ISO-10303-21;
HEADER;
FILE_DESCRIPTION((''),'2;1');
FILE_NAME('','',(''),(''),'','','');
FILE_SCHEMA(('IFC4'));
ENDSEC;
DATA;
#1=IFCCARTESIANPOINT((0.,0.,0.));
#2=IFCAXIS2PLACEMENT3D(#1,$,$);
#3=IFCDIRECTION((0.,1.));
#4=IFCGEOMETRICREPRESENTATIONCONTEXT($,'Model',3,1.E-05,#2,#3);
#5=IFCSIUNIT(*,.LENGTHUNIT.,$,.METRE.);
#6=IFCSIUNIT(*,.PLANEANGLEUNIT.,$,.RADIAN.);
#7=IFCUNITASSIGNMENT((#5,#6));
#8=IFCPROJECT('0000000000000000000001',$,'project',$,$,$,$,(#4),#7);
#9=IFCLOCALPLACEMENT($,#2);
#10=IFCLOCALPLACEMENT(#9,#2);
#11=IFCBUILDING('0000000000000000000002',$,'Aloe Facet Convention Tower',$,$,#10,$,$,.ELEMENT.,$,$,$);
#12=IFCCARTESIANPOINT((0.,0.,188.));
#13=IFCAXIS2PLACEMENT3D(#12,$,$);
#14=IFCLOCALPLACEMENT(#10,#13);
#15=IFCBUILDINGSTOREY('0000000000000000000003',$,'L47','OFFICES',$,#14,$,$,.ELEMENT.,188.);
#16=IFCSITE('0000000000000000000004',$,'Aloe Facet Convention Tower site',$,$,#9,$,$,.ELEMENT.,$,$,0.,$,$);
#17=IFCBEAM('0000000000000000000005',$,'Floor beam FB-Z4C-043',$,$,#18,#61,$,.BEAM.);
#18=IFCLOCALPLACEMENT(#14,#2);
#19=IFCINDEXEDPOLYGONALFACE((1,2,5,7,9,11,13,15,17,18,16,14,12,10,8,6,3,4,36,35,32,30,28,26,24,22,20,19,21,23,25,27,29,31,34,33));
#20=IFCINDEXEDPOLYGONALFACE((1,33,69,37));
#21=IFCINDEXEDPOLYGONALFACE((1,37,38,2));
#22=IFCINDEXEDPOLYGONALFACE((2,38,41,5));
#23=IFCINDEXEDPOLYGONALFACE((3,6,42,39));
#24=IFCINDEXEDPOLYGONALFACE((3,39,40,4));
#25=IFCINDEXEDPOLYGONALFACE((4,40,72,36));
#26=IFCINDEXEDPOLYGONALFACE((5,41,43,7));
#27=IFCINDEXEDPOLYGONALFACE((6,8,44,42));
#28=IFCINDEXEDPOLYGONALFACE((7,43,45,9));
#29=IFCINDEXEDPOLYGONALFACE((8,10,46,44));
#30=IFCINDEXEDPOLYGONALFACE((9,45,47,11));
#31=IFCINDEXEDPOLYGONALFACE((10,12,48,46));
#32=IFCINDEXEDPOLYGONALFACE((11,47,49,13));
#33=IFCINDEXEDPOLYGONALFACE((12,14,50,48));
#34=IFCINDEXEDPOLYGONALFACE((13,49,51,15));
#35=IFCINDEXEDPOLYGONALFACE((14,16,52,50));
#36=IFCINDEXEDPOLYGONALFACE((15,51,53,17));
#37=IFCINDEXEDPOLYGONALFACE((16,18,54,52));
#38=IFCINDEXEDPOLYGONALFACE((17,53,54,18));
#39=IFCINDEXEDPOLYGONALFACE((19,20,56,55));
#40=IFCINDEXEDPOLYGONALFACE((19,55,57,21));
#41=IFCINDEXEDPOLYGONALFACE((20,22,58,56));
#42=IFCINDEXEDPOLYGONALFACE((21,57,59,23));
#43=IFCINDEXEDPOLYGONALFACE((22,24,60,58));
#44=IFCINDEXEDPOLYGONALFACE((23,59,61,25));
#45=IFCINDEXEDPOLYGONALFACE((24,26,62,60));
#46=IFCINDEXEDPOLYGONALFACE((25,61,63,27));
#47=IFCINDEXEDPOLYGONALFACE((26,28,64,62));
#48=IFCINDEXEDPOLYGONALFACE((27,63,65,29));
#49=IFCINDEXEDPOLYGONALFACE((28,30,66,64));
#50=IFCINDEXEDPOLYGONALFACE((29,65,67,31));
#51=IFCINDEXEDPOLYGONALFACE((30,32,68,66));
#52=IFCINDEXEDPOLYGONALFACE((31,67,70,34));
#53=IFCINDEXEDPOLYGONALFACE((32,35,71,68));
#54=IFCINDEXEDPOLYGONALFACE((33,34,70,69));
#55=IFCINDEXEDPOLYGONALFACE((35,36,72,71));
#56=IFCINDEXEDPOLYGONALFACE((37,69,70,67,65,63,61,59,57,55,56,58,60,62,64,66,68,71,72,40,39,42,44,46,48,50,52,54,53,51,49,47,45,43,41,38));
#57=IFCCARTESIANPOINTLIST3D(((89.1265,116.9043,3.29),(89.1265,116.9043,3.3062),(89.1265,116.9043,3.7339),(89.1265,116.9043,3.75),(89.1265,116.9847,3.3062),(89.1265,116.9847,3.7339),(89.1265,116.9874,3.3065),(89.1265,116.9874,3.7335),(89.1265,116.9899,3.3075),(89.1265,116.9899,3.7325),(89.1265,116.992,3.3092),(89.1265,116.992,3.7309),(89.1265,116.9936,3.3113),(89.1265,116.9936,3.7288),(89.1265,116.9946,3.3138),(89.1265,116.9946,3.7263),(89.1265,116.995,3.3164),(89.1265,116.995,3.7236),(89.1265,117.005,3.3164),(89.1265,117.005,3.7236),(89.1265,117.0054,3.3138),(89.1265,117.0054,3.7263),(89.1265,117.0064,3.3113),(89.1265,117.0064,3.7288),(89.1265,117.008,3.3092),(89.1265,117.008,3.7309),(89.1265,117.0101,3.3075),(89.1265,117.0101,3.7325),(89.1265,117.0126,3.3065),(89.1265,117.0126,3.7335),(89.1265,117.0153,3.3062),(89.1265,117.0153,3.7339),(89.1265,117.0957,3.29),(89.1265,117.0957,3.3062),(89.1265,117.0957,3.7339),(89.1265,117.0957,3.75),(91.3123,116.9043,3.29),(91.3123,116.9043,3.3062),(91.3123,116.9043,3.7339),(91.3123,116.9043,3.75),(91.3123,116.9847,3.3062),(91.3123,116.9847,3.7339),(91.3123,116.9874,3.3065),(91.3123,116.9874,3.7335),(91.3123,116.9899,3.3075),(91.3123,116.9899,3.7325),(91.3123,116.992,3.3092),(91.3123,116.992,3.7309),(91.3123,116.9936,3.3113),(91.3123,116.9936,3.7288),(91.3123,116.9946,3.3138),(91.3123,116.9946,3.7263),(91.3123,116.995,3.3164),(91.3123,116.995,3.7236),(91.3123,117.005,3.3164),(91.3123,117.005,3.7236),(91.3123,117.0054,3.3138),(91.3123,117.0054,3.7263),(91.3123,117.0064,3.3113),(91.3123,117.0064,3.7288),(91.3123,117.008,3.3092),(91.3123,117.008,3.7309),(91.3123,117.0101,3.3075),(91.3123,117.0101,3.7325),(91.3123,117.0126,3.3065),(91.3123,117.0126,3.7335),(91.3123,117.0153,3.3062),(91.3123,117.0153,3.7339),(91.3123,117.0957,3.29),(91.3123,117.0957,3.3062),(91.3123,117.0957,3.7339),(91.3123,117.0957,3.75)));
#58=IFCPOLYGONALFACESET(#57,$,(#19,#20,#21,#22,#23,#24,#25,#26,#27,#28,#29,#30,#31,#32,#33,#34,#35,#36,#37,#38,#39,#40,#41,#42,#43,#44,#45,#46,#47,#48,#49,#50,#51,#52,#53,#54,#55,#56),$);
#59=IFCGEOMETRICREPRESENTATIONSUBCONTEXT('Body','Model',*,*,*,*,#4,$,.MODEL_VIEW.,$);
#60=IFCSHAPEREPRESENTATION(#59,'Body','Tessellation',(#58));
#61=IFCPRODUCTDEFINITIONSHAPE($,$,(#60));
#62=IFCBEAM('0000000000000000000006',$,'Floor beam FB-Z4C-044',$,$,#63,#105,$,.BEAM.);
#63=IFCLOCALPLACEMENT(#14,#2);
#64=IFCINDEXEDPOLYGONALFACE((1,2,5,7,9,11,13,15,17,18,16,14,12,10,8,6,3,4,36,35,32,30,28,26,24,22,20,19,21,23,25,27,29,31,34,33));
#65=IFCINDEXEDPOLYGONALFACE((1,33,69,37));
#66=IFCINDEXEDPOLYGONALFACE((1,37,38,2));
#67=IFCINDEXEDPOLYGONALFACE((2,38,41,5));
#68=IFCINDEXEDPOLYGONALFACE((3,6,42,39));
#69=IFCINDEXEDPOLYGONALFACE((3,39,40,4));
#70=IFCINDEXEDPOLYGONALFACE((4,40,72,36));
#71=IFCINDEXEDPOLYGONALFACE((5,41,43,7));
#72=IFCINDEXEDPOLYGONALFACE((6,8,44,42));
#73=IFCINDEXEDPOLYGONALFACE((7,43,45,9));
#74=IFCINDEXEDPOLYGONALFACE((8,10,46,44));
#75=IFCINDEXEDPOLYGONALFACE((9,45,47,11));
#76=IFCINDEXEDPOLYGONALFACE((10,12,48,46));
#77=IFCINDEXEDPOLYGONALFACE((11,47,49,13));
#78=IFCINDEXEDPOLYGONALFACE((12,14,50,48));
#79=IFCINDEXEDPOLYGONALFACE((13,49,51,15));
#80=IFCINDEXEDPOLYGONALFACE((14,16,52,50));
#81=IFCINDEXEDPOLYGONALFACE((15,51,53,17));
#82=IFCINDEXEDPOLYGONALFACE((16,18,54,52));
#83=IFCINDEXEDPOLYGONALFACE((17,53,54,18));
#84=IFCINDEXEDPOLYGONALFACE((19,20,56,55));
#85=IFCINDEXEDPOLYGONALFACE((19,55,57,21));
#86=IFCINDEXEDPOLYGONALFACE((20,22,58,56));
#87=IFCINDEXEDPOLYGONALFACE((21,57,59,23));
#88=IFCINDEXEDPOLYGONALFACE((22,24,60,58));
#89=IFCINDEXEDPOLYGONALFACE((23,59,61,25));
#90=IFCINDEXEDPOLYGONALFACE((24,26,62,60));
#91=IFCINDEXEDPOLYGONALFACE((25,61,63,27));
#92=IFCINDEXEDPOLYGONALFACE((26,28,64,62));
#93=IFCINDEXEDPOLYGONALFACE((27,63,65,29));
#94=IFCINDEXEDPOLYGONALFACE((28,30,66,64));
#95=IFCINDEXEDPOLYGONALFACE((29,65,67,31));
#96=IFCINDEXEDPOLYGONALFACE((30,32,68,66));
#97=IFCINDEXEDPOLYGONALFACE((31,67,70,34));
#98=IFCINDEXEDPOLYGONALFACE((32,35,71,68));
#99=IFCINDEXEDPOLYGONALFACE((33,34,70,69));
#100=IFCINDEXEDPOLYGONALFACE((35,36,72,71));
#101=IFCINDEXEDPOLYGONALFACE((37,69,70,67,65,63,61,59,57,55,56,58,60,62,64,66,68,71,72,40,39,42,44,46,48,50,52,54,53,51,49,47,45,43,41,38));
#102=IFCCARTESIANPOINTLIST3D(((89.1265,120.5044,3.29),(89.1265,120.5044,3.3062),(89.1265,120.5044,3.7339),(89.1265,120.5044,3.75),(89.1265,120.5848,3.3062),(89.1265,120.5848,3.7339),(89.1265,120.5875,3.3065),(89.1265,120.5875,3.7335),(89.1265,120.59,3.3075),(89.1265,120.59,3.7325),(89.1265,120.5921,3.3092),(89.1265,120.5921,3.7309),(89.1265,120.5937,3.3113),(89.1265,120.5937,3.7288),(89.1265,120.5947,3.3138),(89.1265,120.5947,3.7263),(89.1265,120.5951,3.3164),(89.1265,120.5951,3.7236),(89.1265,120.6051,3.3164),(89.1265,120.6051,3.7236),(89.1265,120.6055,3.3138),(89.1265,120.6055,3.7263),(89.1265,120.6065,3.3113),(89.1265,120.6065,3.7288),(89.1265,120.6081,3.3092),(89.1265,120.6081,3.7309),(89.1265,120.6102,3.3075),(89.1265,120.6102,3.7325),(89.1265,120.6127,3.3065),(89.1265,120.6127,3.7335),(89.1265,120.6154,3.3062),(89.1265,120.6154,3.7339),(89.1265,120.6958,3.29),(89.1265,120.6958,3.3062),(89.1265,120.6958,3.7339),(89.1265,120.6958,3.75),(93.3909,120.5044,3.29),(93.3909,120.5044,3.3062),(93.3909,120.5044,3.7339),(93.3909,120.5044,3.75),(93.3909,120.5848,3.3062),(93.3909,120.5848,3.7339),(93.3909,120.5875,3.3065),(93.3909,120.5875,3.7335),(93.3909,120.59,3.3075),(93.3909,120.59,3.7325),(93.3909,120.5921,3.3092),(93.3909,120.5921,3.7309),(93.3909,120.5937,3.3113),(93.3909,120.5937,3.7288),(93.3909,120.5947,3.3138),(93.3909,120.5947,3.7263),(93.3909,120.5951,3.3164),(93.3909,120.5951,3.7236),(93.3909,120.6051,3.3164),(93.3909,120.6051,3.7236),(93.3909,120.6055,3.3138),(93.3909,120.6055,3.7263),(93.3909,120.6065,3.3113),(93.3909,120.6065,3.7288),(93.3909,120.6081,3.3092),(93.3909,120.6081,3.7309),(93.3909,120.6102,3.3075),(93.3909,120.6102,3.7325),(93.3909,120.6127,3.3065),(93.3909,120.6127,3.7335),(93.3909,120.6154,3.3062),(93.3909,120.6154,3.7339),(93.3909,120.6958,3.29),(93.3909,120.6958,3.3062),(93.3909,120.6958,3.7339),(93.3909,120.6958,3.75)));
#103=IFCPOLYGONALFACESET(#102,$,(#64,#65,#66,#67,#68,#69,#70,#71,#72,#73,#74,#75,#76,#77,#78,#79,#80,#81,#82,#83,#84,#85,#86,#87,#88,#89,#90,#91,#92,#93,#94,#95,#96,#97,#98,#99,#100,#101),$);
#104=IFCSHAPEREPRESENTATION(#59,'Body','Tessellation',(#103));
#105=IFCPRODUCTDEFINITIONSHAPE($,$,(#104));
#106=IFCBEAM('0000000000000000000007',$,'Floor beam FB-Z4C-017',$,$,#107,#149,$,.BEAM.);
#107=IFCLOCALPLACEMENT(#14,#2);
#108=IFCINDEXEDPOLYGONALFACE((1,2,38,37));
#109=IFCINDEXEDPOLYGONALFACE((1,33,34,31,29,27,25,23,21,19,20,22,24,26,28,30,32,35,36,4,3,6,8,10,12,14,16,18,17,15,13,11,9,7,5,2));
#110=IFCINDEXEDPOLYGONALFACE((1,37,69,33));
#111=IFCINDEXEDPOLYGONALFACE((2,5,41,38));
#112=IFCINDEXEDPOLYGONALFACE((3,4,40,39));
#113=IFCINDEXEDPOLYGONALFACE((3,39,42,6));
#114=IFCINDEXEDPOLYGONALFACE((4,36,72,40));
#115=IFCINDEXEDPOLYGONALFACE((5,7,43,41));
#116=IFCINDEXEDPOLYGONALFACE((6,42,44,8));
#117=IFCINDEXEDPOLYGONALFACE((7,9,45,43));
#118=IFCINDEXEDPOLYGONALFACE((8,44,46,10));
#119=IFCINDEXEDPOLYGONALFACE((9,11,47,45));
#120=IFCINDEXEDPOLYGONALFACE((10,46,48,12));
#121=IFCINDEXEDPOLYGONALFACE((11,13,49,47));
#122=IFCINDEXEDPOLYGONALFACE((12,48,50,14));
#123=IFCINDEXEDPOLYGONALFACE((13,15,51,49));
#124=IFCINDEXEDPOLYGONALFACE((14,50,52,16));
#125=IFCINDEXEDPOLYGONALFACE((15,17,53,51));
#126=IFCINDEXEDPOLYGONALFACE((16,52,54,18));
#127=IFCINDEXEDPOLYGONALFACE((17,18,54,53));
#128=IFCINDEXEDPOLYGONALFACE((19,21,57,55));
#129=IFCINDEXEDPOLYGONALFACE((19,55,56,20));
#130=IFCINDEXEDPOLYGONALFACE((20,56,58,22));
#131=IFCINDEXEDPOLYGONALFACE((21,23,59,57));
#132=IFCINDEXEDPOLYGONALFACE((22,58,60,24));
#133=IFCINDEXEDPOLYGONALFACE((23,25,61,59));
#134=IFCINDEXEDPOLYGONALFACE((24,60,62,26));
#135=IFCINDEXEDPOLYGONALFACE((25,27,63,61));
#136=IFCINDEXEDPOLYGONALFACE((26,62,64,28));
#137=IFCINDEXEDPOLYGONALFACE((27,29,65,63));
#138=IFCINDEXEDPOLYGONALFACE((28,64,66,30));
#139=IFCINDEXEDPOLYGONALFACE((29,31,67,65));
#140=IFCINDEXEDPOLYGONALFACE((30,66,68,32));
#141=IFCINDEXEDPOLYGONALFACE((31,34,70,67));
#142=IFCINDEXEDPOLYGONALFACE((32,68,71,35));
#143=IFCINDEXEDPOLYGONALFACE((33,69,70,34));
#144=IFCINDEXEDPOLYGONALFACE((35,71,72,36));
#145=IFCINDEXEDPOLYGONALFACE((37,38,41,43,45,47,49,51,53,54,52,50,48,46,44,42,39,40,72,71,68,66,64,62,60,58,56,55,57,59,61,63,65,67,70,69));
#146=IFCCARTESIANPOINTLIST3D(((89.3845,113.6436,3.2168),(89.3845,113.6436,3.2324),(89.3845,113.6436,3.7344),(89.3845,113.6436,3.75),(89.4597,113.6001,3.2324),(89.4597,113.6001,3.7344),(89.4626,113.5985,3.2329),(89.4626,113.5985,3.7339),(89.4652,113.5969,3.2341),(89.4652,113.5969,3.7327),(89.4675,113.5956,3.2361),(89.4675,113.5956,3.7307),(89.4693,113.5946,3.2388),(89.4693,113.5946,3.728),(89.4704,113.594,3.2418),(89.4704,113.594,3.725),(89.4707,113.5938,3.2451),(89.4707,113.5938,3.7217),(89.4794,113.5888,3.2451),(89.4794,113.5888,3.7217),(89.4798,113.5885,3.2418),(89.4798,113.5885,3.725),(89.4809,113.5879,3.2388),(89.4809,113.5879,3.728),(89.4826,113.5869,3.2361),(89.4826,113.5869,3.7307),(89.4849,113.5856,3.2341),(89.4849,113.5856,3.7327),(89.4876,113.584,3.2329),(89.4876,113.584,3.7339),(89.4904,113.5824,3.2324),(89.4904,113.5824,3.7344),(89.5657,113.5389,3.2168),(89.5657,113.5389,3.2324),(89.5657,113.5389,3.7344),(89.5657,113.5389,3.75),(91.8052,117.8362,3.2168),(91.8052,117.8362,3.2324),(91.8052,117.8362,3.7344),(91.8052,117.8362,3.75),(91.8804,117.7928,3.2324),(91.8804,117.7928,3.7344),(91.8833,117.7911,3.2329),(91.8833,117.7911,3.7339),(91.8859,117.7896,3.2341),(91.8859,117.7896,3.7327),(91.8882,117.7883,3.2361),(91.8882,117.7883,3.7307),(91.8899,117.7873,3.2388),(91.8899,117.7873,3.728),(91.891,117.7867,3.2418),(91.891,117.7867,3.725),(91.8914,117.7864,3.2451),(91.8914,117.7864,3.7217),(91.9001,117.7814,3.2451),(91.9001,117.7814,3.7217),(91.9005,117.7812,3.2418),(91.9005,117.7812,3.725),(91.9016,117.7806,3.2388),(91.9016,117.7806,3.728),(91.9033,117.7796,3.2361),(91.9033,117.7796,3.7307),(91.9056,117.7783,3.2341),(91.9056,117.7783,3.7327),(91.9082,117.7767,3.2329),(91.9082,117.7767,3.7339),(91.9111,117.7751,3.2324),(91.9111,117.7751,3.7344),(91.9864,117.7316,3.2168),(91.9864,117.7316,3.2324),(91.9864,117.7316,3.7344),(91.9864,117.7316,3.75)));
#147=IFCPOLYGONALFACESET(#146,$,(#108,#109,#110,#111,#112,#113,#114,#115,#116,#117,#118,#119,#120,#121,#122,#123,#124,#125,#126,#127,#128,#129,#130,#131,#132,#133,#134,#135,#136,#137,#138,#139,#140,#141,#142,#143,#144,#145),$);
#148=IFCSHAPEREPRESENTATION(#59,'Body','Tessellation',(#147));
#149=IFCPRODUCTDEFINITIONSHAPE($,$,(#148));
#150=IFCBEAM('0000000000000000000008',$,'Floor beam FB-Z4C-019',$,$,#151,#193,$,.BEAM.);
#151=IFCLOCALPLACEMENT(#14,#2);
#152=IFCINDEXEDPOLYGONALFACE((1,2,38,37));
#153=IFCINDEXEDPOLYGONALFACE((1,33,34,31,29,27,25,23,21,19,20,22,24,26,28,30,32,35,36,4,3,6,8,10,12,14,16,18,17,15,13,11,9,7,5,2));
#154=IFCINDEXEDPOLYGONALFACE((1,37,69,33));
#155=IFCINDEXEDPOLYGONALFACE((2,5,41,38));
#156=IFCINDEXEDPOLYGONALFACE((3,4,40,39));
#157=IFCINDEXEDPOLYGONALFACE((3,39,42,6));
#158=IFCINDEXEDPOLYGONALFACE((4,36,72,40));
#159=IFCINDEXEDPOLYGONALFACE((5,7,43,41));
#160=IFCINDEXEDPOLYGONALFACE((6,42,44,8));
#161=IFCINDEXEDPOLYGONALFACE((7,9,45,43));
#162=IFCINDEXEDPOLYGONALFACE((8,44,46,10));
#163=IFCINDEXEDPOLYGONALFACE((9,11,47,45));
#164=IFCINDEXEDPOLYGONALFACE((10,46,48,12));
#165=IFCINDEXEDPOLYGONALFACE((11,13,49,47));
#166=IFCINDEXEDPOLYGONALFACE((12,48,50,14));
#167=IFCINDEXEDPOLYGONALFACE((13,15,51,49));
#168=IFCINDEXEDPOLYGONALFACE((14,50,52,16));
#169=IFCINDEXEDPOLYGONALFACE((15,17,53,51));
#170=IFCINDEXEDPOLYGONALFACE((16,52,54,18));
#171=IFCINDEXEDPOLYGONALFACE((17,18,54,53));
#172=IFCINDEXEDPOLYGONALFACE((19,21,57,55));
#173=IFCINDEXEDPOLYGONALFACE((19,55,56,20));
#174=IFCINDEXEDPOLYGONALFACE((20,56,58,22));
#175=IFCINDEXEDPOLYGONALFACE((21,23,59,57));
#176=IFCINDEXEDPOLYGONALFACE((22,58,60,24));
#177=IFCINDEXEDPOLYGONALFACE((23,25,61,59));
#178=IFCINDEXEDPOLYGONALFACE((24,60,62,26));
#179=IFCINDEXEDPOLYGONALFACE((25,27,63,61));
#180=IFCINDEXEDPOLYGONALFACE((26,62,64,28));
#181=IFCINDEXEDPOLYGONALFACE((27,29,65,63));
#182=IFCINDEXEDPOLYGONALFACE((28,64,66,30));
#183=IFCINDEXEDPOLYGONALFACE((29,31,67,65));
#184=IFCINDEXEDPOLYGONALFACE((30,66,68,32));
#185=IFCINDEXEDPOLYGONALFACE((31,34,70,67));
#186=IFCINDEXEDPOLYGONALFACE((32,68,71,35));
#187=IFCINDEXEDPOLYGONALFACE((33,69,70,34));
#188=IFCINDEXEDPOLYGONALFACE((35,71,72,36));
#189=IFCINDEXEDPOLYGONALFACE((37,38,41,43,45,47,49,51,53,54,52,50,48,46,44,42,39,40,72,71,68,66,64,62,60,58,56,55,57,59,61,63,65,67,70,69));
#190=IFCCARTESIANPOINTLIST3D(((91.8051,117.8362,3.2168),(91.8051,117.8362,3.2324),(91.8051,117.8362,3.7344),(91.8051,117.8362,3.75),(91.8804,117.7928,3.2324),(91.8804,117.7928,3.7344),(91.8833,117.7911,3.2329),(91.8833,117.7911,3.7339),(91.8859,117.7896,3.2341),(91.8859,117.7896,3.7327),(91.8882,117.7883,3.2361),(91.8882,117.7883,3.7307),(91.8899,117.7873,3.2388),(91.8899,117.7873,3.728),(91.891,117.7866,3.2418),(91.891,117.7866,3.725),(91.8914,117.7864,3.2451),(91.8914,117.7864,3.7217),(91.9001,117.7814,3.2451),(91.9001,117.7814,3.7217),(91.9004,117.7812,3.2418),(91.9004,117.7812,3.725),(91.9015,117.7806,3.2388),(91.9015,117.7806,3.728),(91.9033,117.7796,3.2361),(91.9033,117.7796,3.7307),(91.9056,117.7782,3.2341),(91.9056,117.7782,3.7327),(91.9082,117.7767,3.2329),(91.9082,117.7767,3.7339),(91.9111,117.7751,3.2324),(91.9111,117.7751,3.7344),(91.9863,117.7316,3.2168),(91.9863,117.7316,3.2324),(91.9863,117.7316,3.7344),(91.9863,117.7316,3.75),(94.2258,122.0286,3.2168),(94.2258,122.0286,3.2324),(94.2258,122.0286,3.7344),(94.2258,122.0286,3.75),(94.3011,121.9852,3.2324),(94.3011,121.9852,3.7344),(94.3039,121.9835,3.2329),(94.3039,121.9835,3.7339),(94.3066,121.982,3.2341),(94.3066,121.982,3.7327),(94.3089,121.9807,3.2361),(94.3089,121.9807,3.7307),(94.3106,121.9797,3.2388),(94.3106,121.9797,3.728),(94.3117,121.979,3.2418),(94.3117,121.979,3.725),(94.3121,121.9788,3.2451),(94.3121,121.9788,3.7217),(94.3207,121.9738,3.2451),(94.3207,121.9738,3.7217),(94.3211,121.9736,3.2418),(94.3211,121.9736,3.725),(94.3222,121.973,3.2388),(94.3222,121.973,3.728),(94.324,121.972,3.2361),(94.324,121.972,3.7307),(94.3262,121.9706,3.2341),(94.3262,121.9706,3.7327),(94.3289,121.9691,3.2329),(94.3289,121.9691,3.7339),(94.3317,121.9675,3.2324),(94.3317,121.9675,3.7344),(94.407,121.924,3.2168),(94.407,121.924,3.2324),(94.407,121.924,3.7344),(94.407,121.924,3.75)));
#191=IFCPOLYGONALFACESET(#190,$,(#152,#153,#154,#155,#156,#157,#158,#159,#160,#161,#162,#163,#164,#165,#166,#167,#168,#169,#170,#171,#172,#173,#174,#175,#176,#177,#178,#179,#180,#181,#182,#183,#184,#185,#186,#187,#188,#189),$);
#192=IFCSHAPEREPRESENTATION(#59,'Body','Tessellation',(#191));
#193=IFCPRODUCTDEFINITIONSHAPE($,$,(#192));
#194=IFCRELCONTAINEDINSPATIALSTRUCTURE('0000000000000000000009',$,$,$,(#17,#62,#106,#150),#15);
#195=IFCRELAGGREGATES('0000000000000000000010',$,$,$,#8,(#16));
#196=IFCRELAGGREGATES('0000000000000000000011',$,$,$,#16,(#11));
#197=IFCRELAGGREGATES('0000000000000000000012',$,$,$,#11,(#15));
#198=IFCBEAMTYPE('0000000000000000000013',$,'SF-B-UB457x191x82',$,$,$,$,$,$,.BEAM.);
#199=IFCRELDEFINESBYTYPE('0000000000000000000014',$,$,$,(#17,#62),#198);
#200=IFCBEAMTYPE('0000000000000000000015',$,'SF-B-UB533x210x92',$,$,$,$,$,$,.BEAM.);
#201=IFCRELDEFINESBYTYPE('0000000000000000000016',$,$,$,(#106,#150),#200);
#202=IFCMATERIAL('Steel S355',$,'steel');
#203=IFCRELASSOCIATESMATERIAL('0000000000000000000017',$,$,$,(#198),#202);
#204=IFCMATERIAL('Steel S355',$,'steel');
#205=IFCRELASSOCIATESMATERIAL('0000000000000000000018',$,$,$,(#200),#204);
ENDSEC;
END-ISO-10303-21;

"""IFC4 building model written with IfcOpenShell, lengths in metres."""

from ifc_helpers import new_model, si_unit, direction, frame, origin, origin_2d, place, context, subcontext, project, spatial, i_section, extrude, material, material_profile, profile_set, type_object, element, save


model = new_model("IFC4")

# Units and contexts
model_context = context("Model", 3, precision=1e-05, world=origin(), true_north=direction((0.0, 1.0)))
body_context = subcontext(model_context, "Body", "Model", "MODEL_VIEW")
ifc_project = project(units=[si_unit("LENGTHUNIT", "METRE"), si_unit("PLANEANGLEUNIT", "RADIAN")], contexts=[model_context])

# Site, building, storey
site_placement = place(None, origin())
site = spatial("IfcSite", under=ifc_project, at=site_placement, Name="Aloe Facet Convention Tower site", CompositionType="ELEMENT", RefElevation=0.0)
building_placement = place(site_placement, origin())
building = spatial("IfcBuilding", under=site, at=building_placement, Name="Aloe Facet Convention Tower", CompositionType="ELEMENT")
storey_placement = place(building_placement, frame((0.0, 0.0, 188.0)))
storey = spatial("IfcBuildingStorey", under=building, at=storey_placement, Name="L47", Description="OFFICES", CompositionType="ELEMENT", Elevation=188.0)

# Beams
ifc_material_1 = material(Name="Steel S355", Category="steel")
ifc_material_profile_1 = material_profile(ifc_material_1, i_section(OverallWidth=0.1914, OverallDepth=0.46, WebThickness=0.01, FlangeThickness=0.0161, FilletRadius=0.0103, at=origin_2d()), Name="UB 457x191x82")
ifc_profile_set_1 = profile_set([ifc_material_profile_1], Name="Steel S355")
beam_type_1 = type_object("IfcBeamType", Name="SF-B-UB457x191x82", PredefinedType="BEAM", material=ifc_profile_set_1)
beam_1_placement = place(storey_placement, frame((89.1265, 117.0, 3.52), z_axis=(1.0, 0.0, 0.0), x_axis=(0.0, 1.0, 0.0)))
element("IfcBeam", 1, at=beam_1_placement, inside=storey, type_object=beam_type_1, Name="Floor beam FB-Z4C-043", PredefinedType="BEAM", context=body_context, shape_type="SweptSolid", body=[
    extrude(i_section(OverallWidth=0.1914, OverallDepth=0.46, WebThickness=0.01, FlangeThickness=0.0161, FilletRadius=0.0103, at=origin_2d()), origin(), (0.0, 0.0, 1.0), 2.1858),
])
beam_2_placement = place(storey_placement, frame((89.1265, 120.6001, 3.52), z_axis=(1.0, 0.0, 0.0), x_axis=(0.0, 1.0, 0.0)))
element("IfcBeam", 2, at=beam_2_placement, inside=storey, type_object=beam_type_1, Name="Floor beam FB-Z4C-044", PredefinedType="BEAM", context=body_context, shape_type="SweptSolid", body=[
    extrude(i_section(OverallWidth=0.1914, OverallDepth=0.46, WebThickness=0.01, FlangeThickness=0.0161, FilletRadius=0.0103, at=origin_2d()), origin(), (0.0, 0.0, 1.0), 4.2644),
])
ifc_material_2 = material(Name="Steel S355", Category="steel")
ifc_material_profile_2 = material_profile(ifc_material_2, i_section(OverallWidth=0.2092, OverallDepth=0.5332, WebThickness=0.01, FlangeThickness=0.0156, FilletRadius=0.0127, at=origin_2d()), Name="UB 533x210x92")
ifc_profile_set_2 = profile_set([ifc_material_profile_2], Name="Steel S355")
beam_type_2 = type_object("IfcBeamType", Name="SF-B-UB533x210x92", PredefinedType="BEAM", material=ifc_profile_set_2)
beam_3_placement = place(storey_placement, frame((91.8958, 117.7839, 3.4834), z_axis=(-0.500006, -0.866022, 0.0), x_axis=(0.866022, -0.500006, 0.0)))
element("IfcBeam", 3, at=beam_3_placement, inside=storey, type_object=beam_type_2, Name="Floor beam FB-Z4C-017", PredefinedType="BEAM", context=body_context, shape_type="SweptSolid", body=[
    extrude(i_section(OverallWidth=0.2092, OverallDepth=0.5332, WebThickness=0.01, FlangeThickness=0.0156, FilletRadius=0.0127, at=origin_2d()), origin(), (0.0, 0.0, 1.0), 4.8413),
])
beam_4_placement = place(storey_placement, frame((94.3164, 121.9763, 3.4834), z_axis=(-0.500028, -0.866009, 0.0), x_axis=(0.866009, -0.500028, 0.0)))
element("IfcBeam", 4, at=beam_4_placement, inside=storey, type_object=beam_type_2, Name="Floor beam FB-Z4C-019", PredefinedType="BEAM", context=body_context, shape_type="SweptSolid", body=[
    extrude(i_section(OverallWidth=0.2092, OverallDepth=0.5332, WebThickness=0.01, FlangeThickness=0.0156, FilletRadius=0.0127, at=origin_2d()), origin(), (0.0, 0.0, 1.0), 4.8411),
])

save(model, "model.ifc")
